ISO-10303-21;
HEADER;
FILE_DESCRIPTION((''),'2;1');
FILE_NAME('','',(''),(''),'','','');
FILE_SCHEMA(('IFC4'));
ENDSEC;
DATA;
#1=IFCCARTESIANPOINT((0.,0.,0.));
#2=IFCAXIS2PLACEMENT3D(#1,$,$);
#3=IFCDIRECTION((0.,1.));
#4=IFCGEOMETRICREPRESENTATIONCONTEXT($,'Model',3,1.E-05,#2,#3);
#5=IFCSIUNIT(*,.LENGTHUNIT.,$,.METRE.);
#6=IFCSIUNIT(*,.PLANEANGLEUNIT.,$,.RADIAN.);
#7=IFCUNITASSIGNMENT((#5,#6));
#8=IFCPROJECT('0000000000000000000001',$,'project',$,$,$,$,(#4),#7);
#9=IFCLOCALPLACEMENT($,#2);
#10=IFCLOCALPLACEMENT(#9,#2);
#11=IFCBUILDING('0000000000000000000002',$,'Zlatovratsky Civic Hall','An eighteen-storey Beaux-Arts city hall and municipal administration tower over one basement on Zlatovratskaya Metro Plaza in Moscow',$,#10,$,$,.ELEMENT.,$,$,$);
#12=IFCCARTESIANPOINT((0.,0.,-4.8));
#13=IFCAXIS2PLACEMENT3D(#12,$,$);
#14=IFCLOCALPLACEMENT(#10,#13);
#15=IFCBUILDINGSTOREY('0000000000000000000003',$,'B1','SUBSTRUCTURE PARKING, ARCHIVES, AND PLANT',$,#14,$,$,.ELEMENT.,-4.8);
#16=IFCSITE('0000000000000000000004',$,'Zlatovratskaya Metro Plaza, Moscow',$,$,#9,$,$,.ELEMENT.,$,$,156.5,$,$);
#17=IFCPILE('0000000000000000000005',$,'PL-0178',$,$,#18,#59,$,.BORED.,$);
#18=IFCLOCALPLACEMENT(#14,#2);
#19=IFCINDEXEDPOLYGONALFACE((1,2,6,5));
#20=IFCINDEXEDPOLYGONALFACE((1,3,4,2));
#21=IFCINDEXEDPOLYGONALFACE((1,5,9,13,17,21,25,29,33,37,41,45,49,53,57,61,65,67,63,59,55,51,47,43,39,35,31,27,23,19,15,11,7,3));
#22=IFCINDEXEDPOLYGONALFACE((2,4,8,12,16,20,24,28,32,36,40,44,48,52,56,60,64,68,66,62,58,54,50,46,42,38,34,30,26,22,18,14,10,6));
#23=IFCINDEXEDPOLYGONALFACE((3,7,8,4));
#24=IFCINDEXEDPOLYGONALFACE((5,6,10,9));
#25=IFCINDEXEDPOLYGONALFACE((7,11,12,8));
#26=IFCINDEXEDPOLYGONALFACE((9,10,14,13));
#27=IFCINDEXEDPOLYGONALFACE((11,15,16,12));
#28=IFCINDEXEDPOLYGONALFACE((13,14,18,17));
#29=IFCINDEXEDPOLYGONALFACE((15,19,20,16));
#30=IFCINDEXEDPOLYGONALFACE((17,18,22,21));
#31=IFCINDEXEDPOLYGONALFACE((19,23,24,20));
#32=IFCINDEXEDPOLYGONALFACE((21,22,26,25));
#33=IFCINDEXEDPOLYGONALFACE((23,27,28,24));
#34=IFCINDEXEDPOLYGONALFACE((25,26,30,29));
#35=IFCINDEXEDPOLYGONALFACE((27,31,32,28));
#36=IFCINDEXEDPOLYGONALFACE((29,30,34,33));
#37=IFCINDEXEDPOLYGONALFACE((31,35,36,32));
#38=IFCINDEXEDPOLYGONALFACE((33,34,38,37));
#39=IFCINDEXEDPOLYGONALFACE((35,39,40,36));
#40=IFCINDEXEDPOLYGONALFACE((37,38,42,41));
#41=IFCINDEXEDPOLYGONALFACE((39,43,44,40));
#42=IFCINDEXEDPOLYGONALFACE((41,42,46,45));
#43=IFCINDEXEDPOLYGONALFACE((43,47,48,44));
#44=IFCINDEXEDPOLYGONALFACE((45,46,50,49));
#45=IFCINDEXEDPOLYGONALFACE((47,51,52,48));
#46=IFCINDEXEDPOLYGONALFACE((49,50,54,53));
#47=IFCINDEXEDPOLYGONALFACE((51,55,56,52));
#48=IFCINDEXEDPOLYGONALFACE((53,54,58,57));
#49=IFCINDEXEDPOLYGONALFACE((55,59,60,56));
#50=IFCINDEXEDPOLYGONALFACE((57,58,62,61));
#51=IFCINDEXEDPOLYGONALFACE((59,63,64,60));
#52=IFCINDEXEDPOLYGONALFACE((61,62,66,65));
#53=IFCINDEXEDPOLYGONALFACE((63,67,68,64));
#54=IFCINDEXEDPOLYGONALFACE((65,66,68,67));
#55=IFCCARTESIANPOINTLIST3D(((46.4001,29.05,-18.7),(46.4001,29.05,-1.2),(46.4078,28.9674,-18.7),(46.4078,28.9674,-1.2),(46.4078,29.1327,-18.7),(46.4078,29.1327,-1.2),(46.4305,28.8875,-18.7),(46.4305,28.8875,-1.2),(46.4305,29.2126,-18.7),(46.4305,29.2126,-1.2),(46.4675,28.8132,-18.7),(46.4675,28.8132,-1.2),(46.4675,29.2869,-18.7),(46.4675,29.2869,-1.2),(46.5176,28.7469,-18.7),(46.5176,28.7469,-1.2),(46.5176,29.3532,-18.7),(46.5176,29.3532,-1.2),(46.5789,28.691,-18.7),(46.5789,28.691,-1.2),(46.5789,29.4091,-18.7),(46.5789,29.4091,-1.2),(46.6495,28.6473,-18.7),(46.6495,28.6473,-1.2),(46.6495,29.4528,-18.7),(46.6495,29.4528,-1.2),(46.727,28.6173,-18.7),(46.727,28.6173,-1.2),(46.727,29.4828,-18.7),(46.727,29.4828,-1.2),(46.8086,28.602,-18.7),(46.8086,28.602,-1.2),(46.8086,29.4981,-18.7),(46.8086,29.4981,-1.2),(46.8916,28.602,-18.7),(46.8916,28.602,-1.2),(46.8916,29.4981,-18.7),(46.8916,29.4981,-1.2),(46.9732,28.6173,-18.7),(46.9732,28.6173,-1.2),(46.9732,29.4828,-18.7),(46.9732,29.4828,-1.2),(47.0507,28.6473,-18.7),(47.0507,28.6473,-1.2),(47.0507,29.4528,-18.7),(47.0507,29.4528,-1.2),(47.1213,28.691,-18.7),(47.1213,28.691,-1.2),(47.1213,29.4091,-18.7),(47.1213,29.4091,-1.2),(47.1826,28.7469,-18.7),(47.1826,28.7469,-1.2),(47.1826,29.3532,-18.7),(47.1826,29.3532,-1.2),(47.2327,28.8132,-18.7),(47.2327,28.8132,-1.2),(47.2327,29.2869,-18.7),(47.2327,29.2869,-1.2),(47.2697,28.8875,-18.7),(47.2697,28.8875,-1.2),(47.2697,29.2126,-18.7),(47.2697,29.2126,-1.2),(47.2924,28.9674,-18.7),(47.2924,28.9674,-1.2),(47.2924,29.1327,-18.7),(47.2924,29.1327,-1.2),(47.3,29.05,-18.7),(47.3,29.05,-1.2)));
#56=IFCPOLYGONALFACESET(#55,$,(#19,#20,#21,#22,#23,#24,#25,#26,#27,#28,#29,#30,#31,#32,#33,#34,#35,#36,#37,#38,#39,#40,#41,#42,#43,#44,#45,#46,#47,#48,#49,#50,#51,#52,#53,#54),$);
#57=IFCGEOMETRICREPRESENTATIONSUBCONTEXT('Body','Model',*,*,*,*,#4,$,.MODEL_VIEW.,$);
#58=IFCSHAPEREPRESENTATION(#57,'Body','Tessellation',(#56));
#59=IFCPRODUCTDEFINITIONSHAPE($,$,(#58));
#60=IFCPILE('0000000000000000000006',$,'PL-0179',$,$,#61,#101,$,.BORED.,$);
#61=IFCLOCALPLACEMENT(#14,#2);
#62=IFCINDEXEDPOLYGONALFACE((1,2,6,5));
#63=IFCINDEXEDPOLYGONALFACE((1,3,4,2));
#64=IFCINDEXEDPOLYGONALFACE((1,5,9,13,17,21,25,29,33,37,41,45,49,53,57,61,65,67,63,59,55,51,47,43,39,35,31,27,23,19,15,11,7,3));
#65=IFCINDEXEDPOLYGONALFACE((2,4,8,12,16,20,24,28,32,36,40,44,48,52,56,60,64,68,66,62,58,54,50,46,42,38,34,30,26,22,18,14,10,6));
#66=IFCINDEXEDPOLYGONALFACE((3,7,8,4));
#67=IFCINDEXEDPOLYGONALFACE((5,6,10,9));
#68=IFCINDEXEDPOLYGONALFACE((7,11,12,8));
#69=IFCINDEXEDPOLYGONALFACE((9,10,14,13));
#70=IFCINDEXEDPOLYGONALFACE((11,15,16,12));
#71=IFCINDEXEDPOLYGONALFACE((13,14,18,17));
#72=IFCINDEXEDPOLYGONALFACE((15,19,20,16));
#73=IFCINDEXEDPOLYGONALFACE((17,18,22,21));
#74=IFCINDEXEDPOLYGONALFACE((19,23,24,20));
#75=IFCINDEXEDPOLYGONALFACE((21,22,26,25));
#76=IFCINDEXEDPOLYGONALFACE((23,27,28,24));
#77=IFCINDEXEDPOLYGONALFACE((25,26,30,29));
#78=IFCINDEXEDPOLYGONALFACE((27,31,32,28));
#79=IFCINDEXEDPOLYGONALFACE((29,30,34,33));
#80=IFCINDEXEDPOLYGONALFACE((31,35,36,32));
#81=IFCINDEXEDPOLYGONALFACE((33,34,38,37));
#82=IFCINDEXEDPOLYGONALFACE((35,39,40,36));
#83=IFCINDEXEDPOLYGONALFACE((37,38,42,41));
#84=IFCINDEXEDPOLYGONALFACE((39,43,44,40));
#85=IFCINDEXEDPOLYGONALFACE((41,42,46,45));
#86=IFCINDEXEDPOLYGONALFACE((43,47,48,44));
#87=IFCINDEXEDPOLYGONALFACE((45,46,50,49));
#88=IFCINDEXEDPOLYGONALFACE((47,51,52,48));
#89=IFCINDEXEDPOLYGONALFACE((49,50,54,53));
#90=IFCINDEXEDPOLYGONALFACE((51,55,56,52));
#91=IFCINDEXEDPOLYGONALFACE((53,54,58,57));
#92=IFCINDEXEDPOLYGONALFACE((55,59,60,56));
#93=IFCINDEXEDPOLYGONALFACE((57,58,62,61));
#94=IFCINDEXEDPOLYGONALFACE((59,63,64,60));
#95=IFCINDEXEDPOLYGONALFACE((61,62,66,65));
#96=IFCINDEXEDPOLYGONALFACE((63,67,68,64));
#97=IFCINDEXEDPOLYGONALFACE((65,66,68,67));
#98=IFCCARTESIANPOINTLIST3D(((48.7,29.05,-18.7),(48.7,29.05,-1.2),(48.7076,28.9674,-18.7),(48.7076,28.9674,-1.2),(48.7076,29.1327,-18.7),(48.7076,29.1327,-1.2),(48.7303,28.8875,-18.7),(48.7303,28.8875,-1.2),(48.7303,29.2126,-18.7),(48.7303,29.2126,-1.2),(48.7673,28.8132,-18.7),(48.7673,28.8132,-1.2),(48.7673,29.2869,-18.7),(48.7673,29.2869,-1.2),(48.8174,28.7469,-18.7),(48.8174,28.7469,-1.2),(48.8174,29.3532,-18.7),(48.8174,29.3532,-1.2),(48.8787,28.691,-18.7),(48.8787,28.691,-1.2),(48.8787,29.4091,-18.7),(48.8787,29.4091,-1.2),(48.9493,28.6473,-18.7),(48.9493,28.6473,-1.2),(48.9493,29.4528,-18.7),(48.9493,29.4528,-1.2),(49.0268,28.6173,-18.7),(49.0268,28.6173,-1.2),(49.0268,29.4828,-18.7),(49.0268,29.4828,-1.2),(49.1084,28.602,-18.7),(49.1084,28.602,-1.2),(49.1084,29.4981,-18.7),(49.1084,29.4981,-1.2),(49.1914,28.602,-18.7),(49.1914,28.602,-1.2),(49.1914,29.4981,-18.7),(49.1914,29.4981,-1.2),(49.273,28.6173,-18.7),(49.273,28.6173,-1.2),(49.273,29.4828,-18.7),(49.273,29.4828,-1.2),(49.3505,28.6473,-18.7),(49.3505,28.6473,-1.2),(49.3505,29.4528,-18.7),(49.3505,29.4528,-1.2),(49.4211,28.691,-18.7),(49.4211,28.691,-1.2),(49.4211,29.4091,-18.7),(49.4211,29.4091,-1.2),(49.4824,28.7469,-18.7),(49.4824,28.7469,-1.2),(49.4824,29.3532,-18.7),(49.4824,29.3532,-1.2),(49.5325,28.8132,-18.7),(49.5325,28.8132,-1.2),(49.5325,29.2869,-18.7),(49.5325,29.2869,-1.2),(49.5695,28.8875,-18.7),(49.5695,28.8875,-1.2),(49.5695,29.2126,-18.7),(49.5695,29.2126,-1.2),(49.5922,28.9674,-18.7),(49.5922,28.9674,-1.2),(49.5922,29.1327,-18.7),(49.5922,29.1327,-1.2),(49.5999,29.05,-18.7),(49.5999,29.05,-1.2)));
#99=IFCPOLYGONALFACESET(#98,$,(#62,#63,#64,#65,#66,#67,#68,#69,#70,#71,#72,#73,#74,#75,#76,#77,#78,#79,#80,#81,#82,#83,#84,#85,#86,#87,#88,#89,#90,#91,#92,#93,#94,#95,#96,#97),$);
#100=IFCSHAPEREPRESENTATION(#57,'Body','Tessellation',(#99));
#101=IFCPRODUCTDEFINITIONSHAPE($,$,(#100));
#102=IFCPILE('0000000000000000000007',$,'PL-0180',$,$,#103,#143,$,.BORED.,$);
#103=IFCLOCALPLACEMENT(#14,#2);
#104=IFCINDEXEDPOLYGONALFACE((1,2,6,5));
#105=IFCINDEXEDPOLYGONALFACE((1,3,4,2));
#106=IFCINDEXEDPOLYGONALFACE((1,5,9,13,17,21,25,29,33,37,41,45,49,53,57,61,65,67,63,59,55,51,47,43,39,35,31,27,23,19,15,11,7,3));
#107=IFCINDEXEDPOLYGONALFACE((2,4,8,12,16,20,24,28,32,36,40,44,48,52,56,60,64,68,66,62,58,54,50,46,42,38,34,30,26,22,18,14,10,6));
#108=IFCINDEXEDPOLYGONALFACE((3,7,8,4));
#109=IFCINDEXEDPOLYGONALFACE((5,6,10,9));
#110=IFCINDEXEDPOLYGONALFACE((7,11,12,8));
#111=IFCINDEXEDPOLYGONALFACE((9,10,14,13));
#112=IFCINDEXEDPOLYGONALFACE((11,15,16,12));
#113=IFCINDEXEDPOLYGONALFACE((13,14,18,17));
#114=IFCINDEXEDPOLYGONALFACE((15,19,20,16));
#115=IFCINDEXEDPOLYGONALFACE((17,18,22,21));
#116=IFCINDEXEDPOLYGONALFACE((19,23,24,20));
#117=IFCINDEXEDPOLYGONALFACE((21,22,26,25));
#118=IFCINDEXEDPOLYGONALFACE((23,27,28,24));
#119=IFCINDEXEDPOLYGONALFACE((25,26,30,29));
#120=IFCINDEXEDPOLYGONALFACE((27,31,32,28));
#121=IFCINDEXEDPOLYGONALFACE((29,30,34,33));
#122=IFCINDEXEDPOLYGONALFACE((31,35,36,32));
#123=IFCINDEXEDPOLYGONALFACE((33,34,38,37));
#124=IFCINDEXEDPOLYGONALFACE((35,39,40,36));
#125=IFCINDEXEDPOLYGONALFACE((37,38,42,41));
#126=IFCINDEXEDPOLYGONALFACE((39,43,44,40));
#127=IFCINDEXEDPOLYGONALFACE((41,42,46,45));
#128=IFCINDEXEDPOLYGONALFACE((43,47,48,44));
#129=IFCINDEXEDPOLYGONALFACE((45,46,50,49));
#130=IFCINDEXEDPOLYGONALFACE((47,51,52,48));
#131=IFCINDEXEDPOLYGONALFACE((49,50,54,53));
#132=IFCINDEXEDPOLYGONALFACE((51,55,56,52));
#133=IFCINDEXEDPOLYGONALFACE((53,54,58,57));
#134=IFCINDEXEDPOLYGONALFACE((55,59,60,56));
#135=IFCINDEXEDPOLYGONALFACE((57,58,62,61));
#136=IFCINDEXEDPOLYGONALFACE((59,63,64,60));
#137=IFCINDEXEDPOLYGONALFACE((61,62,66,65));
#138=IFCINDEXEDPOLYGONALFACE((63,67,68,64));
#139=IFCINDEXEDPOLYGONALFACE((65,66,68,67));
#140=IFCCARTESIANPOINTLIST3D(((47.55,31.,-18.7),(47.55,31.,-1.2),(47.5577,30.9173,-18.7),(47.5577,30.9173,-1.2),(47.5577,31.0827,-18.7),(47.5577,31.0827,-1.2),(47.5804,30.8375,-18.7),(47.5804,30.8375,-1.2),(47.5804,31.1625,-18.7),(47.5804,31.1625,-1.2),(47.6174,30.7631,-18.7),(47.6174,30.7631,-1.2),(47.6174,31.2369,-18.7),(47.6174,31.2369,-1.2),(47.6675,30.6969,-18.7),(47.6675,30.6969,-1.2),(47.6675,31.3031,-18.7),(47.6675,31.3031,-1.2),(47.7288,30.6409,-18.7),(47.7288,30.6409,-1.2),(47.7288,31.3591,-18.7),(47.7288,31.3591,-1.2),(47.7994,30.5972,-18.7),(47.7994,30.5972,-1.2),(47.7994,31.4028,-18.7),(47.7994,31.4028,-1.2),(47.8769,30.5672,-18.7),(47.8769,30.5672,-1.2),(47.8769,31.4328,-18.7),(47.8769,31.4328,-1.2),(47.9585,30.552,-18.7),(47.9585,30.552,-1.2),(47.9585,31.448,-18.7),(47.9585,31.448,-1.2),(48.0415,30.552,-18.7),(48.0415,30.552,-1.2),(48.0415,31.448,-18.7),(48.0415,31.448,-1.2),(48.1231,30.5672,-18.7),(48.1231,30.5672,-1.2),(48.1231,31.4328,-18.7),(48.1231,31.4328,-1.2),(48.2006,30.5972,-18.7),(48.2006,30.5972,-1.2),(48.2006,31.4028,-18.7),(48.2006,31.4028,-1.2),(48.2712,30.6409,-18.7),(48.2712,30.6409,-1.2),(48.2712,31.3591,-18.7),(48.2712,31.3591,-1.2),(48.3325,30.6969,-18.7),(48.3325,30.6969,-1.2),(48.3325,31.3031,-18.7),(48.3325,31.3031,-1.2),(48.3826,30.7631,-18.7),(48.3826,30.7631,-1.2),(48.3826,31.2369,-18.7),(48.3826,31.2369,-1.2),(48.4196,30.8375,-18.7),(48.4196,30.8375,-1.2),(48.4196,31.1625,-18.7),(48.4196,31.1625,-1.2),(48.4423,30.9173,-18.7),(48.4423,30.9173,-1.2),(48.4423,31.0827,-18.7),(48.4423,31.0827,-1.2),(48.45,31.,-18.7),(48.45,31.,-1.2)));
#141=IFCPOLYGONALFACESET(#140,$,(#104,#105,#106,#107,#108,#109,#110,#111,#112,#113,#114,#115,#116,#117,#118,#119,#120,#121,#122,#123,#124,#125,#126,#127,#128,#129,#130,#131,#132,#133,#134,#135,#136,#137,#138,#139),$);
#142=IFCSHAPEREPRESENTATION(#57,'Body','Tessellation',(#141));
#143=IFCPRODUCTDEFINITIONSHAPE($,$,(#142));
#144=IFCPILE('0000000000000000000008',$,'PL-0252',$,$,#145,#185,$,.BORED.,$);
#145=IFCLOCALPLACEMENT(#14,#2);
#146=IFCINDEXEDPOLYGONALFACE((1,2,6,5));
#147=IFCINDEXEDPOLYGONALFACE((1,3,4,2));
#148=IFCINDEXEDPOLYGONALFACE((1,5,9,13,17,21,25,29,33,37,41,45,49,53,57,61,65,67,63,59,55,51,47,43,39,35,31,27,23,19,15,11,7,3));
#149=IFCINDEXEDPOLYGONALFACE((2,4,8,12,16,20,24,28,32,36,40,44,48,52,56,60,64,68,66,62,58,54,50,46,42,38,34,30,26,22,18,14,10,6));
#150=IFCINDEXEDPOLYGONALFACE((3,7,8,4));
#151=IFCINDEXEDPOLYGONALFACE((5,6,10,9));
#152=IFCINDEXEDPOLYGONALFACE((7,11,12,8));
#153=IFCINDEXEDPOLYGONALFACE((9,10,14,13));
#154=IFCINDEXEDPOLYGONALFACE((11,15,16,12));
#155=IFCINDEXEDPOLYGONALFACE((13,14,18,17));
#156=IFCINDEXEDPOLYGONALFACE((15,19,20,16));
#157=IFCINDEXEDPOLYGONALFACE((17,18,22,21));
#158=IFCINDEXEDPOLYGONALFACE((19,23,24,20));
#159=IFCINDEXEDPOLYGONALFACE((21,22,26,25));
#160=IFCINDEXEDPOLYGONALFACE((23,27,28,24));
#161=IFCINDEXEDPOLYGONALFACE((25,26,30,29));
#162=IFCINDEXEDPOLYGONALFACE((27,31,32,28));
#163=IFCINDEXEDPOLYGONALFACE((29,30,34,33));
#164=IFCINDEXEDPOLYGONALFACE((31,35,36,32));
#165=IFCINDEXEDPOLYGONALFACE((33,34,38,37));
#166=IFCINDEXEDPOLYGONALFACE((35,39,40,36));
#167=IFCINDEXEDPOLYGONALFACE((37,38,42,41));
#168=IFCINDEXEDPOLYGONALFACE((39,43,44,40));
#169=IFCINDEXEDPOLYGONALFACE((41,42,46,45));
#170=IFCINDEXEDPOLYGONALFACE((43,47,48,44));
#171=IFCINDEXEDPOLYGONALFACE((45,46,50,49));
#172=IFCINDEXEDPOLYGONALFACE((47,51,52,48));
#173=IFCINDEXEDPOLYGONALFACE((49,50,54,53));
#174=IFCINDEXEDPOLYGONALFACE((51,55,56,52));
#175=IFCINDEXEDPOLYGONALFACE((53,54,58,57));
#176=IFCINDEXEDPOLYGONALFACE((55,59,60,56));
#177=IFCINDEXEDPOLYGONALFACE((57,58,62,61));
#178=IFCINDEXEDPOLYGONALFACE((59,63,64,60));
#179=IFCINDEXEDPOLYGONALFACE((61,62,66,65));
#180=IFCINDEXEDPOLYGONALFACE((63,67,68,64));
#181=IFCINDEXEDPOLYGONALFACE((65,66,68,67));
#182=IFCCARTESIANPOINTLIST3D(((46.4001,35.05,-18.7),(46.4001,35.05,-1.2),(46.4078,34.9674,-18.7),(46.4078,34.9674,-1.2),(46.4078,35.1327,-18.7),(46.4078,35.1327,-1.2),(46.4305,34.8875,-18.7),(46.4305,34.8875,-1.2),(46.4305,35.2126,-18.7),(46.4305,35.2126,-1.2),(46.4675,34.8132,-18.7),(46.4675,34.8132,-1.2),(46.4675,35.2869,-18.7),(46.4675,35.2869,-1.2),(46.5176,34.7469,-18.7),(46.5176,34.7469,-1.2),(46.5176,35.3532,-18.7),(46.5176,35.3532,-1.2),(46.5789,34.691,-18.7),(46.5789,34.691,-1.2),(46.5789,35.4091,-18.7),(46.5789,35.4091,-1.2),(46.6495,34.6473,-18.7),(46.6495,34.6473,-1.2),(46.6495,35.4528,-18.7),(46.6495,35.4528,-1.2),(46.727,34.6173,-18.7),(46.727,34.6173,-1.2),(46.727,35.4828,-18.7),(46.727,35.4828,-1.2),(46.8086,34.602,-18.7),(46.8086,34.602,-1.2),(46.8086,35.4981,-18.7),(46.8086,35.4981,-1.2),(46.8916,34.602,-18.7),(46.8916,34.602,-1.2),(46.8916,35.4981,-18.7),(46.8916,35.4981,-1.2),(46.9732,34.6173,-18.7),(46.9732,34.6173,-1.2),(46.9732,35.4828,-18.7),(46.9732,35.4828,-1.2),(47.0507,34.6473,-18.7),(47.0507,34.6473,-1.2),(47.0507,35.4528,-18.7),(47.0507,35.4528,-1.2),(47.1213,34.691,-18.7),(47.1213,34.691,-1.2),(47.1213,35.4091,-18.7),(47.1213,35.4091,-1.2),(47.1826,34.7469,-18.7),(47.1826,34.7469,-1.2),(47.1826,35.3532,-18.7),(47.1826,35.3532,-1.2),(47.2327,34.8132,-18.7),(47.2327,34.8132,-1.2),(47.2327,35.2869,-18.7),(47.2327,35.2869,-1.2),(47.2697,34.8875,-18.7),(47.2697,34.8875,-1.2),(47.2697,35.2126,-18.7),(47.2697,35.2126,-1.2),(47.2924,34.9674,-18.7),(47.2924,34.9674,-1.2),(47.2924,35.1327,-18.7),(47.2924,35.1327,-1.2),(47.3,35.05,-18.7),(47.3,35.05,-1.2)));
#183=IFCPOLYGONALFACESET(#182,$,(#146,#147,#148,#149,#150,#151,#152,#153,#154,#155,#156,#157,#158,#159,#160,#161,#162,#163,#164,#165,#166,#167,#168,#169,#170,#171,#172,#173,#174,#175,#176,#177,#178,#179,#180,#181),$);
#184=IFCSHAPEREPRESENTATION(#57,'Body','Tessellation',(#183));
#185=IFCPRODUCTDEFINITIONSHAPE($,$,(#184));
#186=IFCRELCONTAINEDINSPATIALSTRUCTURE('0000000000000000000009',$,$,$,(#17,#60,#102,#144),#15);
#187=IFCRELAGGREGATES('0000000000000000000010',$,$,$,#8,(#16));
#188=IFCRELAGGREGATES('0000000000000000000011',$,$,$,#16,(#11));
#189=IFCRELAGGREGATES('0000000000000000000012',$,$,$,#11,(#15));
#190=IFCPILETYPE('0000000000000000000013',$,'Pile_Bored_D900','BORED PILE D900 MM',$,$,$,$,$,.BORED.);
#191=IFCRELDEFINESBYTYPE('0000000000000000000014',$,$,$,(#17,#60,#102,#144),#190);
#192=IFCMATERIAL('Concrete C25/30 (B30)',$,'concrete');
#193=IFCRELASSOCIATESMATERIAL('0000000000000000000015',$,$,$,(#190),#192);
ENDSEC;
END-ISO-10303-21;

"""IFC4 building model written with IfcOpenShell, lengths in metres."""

from ifc_helpers import new_model, si_unit, direction, frame, origin, origin_2d, place, context, subcontext, project, spatial, circle, extrude, material, material_profile, profile_set, type_object, element, save


model = new_model("IFC4")

# Units and contexts
model_context = context("Model", 3, precision=1e-05, world=origin(), true_north=direction((0.0, 1.0)))
body_context = subcontext(model_context, "Body", "Model", "MODEL_VIEW")
ifc_project = project(units=[si_unit("LENGTHUNIT", "METRE"), si_unit("PLANEANGLEUNIT", "RADIAN")], contexts=[model_context])

# Site, building, storey
site_placement = place(None, origin())
site = spatial("IfcSite", under=ifc_project, at=site_placement, Name="Zlatovratskaya Metro Plaza, Moscow", CompositionType="ELEMENT", RefElevation=156.5)
building_placement = place(site_placement, origin())
building = spatial("IfcBuilding", under=site, at=building_placement, Name="Zlatovratsky Civic Hall", Description="An eighteen-storey Beaux-Arts city hall and municipal administration tower over one basement on Zlatovratskaya Metro Plaza in Moscow", CompositionType="ELEMENT")
storey_placement = place(building_placement, frame((0.0, 0.0, -4.8)))
storey = spatial("IfcBuildingStorey", under=building, at=storey_placement, Name="B1", Description="SUBSTRUCTURE PARKING, ARCHIVES, AND PLANT", CompositionType="ELEMENT", Elevation=-4.8)

# Shared definitions
ifc_material_1 = material(Name="Concrete C25/30 (B30)", Category="concrete")

# Piles
ifc_material_profile_1 = material_profile(ifc_material_1, circle(Radius=0.45, at=origin_2d()), Name="PILE D900")
ifc_profile_set_1 = profile_set([ifc_material_profile_1], Name="Concrete C25/30 (B30)")
pile_type_1 = type_object("IfcPileType", Name="Pile_Bored_D900", Description="BORED PILE D900 MM", PredefinedType="BORED", material=ifc_profile_set_1)
for number, where, z_axis, x_axis, name in (
    (1, (46.8501, 29.05, -1.2), (0.0, 0.0, -1.0), (1.0, 0.0, 0.0), "PL-0178"),
    (2, (49.1499, 29.05, -1.2), (0.0, 0.0, -1.0), (1.0, 0.0, 0.0), "PL-0179"),
    (3, (48.0, 31.0, -1.2), (0.0, 0.0, -1.0), (1.0, 0.0, 0.0), "PL-0180"),
    (4, (46.8501, 35.05, -1.2), (0.0, 0.0, -1.0), (1.0, 0.0, 0.0), "PL-0252"),
):
    element("IfcPile", number, at=place(storey_placement, frame(where, z_axis=z_axis, x_axis=x_axis)), inside=storey, type_object=pile_type_1, Name=name, PredefinedType="BORED", context=body_context, shape_type="SweptSolid", body=[
        extrude(circle(Radius=0.45, at=origin_2d()), origin(), (0.0, 0.0, 1.0), 17.5),
    ])

save(model, "model.ifc")
